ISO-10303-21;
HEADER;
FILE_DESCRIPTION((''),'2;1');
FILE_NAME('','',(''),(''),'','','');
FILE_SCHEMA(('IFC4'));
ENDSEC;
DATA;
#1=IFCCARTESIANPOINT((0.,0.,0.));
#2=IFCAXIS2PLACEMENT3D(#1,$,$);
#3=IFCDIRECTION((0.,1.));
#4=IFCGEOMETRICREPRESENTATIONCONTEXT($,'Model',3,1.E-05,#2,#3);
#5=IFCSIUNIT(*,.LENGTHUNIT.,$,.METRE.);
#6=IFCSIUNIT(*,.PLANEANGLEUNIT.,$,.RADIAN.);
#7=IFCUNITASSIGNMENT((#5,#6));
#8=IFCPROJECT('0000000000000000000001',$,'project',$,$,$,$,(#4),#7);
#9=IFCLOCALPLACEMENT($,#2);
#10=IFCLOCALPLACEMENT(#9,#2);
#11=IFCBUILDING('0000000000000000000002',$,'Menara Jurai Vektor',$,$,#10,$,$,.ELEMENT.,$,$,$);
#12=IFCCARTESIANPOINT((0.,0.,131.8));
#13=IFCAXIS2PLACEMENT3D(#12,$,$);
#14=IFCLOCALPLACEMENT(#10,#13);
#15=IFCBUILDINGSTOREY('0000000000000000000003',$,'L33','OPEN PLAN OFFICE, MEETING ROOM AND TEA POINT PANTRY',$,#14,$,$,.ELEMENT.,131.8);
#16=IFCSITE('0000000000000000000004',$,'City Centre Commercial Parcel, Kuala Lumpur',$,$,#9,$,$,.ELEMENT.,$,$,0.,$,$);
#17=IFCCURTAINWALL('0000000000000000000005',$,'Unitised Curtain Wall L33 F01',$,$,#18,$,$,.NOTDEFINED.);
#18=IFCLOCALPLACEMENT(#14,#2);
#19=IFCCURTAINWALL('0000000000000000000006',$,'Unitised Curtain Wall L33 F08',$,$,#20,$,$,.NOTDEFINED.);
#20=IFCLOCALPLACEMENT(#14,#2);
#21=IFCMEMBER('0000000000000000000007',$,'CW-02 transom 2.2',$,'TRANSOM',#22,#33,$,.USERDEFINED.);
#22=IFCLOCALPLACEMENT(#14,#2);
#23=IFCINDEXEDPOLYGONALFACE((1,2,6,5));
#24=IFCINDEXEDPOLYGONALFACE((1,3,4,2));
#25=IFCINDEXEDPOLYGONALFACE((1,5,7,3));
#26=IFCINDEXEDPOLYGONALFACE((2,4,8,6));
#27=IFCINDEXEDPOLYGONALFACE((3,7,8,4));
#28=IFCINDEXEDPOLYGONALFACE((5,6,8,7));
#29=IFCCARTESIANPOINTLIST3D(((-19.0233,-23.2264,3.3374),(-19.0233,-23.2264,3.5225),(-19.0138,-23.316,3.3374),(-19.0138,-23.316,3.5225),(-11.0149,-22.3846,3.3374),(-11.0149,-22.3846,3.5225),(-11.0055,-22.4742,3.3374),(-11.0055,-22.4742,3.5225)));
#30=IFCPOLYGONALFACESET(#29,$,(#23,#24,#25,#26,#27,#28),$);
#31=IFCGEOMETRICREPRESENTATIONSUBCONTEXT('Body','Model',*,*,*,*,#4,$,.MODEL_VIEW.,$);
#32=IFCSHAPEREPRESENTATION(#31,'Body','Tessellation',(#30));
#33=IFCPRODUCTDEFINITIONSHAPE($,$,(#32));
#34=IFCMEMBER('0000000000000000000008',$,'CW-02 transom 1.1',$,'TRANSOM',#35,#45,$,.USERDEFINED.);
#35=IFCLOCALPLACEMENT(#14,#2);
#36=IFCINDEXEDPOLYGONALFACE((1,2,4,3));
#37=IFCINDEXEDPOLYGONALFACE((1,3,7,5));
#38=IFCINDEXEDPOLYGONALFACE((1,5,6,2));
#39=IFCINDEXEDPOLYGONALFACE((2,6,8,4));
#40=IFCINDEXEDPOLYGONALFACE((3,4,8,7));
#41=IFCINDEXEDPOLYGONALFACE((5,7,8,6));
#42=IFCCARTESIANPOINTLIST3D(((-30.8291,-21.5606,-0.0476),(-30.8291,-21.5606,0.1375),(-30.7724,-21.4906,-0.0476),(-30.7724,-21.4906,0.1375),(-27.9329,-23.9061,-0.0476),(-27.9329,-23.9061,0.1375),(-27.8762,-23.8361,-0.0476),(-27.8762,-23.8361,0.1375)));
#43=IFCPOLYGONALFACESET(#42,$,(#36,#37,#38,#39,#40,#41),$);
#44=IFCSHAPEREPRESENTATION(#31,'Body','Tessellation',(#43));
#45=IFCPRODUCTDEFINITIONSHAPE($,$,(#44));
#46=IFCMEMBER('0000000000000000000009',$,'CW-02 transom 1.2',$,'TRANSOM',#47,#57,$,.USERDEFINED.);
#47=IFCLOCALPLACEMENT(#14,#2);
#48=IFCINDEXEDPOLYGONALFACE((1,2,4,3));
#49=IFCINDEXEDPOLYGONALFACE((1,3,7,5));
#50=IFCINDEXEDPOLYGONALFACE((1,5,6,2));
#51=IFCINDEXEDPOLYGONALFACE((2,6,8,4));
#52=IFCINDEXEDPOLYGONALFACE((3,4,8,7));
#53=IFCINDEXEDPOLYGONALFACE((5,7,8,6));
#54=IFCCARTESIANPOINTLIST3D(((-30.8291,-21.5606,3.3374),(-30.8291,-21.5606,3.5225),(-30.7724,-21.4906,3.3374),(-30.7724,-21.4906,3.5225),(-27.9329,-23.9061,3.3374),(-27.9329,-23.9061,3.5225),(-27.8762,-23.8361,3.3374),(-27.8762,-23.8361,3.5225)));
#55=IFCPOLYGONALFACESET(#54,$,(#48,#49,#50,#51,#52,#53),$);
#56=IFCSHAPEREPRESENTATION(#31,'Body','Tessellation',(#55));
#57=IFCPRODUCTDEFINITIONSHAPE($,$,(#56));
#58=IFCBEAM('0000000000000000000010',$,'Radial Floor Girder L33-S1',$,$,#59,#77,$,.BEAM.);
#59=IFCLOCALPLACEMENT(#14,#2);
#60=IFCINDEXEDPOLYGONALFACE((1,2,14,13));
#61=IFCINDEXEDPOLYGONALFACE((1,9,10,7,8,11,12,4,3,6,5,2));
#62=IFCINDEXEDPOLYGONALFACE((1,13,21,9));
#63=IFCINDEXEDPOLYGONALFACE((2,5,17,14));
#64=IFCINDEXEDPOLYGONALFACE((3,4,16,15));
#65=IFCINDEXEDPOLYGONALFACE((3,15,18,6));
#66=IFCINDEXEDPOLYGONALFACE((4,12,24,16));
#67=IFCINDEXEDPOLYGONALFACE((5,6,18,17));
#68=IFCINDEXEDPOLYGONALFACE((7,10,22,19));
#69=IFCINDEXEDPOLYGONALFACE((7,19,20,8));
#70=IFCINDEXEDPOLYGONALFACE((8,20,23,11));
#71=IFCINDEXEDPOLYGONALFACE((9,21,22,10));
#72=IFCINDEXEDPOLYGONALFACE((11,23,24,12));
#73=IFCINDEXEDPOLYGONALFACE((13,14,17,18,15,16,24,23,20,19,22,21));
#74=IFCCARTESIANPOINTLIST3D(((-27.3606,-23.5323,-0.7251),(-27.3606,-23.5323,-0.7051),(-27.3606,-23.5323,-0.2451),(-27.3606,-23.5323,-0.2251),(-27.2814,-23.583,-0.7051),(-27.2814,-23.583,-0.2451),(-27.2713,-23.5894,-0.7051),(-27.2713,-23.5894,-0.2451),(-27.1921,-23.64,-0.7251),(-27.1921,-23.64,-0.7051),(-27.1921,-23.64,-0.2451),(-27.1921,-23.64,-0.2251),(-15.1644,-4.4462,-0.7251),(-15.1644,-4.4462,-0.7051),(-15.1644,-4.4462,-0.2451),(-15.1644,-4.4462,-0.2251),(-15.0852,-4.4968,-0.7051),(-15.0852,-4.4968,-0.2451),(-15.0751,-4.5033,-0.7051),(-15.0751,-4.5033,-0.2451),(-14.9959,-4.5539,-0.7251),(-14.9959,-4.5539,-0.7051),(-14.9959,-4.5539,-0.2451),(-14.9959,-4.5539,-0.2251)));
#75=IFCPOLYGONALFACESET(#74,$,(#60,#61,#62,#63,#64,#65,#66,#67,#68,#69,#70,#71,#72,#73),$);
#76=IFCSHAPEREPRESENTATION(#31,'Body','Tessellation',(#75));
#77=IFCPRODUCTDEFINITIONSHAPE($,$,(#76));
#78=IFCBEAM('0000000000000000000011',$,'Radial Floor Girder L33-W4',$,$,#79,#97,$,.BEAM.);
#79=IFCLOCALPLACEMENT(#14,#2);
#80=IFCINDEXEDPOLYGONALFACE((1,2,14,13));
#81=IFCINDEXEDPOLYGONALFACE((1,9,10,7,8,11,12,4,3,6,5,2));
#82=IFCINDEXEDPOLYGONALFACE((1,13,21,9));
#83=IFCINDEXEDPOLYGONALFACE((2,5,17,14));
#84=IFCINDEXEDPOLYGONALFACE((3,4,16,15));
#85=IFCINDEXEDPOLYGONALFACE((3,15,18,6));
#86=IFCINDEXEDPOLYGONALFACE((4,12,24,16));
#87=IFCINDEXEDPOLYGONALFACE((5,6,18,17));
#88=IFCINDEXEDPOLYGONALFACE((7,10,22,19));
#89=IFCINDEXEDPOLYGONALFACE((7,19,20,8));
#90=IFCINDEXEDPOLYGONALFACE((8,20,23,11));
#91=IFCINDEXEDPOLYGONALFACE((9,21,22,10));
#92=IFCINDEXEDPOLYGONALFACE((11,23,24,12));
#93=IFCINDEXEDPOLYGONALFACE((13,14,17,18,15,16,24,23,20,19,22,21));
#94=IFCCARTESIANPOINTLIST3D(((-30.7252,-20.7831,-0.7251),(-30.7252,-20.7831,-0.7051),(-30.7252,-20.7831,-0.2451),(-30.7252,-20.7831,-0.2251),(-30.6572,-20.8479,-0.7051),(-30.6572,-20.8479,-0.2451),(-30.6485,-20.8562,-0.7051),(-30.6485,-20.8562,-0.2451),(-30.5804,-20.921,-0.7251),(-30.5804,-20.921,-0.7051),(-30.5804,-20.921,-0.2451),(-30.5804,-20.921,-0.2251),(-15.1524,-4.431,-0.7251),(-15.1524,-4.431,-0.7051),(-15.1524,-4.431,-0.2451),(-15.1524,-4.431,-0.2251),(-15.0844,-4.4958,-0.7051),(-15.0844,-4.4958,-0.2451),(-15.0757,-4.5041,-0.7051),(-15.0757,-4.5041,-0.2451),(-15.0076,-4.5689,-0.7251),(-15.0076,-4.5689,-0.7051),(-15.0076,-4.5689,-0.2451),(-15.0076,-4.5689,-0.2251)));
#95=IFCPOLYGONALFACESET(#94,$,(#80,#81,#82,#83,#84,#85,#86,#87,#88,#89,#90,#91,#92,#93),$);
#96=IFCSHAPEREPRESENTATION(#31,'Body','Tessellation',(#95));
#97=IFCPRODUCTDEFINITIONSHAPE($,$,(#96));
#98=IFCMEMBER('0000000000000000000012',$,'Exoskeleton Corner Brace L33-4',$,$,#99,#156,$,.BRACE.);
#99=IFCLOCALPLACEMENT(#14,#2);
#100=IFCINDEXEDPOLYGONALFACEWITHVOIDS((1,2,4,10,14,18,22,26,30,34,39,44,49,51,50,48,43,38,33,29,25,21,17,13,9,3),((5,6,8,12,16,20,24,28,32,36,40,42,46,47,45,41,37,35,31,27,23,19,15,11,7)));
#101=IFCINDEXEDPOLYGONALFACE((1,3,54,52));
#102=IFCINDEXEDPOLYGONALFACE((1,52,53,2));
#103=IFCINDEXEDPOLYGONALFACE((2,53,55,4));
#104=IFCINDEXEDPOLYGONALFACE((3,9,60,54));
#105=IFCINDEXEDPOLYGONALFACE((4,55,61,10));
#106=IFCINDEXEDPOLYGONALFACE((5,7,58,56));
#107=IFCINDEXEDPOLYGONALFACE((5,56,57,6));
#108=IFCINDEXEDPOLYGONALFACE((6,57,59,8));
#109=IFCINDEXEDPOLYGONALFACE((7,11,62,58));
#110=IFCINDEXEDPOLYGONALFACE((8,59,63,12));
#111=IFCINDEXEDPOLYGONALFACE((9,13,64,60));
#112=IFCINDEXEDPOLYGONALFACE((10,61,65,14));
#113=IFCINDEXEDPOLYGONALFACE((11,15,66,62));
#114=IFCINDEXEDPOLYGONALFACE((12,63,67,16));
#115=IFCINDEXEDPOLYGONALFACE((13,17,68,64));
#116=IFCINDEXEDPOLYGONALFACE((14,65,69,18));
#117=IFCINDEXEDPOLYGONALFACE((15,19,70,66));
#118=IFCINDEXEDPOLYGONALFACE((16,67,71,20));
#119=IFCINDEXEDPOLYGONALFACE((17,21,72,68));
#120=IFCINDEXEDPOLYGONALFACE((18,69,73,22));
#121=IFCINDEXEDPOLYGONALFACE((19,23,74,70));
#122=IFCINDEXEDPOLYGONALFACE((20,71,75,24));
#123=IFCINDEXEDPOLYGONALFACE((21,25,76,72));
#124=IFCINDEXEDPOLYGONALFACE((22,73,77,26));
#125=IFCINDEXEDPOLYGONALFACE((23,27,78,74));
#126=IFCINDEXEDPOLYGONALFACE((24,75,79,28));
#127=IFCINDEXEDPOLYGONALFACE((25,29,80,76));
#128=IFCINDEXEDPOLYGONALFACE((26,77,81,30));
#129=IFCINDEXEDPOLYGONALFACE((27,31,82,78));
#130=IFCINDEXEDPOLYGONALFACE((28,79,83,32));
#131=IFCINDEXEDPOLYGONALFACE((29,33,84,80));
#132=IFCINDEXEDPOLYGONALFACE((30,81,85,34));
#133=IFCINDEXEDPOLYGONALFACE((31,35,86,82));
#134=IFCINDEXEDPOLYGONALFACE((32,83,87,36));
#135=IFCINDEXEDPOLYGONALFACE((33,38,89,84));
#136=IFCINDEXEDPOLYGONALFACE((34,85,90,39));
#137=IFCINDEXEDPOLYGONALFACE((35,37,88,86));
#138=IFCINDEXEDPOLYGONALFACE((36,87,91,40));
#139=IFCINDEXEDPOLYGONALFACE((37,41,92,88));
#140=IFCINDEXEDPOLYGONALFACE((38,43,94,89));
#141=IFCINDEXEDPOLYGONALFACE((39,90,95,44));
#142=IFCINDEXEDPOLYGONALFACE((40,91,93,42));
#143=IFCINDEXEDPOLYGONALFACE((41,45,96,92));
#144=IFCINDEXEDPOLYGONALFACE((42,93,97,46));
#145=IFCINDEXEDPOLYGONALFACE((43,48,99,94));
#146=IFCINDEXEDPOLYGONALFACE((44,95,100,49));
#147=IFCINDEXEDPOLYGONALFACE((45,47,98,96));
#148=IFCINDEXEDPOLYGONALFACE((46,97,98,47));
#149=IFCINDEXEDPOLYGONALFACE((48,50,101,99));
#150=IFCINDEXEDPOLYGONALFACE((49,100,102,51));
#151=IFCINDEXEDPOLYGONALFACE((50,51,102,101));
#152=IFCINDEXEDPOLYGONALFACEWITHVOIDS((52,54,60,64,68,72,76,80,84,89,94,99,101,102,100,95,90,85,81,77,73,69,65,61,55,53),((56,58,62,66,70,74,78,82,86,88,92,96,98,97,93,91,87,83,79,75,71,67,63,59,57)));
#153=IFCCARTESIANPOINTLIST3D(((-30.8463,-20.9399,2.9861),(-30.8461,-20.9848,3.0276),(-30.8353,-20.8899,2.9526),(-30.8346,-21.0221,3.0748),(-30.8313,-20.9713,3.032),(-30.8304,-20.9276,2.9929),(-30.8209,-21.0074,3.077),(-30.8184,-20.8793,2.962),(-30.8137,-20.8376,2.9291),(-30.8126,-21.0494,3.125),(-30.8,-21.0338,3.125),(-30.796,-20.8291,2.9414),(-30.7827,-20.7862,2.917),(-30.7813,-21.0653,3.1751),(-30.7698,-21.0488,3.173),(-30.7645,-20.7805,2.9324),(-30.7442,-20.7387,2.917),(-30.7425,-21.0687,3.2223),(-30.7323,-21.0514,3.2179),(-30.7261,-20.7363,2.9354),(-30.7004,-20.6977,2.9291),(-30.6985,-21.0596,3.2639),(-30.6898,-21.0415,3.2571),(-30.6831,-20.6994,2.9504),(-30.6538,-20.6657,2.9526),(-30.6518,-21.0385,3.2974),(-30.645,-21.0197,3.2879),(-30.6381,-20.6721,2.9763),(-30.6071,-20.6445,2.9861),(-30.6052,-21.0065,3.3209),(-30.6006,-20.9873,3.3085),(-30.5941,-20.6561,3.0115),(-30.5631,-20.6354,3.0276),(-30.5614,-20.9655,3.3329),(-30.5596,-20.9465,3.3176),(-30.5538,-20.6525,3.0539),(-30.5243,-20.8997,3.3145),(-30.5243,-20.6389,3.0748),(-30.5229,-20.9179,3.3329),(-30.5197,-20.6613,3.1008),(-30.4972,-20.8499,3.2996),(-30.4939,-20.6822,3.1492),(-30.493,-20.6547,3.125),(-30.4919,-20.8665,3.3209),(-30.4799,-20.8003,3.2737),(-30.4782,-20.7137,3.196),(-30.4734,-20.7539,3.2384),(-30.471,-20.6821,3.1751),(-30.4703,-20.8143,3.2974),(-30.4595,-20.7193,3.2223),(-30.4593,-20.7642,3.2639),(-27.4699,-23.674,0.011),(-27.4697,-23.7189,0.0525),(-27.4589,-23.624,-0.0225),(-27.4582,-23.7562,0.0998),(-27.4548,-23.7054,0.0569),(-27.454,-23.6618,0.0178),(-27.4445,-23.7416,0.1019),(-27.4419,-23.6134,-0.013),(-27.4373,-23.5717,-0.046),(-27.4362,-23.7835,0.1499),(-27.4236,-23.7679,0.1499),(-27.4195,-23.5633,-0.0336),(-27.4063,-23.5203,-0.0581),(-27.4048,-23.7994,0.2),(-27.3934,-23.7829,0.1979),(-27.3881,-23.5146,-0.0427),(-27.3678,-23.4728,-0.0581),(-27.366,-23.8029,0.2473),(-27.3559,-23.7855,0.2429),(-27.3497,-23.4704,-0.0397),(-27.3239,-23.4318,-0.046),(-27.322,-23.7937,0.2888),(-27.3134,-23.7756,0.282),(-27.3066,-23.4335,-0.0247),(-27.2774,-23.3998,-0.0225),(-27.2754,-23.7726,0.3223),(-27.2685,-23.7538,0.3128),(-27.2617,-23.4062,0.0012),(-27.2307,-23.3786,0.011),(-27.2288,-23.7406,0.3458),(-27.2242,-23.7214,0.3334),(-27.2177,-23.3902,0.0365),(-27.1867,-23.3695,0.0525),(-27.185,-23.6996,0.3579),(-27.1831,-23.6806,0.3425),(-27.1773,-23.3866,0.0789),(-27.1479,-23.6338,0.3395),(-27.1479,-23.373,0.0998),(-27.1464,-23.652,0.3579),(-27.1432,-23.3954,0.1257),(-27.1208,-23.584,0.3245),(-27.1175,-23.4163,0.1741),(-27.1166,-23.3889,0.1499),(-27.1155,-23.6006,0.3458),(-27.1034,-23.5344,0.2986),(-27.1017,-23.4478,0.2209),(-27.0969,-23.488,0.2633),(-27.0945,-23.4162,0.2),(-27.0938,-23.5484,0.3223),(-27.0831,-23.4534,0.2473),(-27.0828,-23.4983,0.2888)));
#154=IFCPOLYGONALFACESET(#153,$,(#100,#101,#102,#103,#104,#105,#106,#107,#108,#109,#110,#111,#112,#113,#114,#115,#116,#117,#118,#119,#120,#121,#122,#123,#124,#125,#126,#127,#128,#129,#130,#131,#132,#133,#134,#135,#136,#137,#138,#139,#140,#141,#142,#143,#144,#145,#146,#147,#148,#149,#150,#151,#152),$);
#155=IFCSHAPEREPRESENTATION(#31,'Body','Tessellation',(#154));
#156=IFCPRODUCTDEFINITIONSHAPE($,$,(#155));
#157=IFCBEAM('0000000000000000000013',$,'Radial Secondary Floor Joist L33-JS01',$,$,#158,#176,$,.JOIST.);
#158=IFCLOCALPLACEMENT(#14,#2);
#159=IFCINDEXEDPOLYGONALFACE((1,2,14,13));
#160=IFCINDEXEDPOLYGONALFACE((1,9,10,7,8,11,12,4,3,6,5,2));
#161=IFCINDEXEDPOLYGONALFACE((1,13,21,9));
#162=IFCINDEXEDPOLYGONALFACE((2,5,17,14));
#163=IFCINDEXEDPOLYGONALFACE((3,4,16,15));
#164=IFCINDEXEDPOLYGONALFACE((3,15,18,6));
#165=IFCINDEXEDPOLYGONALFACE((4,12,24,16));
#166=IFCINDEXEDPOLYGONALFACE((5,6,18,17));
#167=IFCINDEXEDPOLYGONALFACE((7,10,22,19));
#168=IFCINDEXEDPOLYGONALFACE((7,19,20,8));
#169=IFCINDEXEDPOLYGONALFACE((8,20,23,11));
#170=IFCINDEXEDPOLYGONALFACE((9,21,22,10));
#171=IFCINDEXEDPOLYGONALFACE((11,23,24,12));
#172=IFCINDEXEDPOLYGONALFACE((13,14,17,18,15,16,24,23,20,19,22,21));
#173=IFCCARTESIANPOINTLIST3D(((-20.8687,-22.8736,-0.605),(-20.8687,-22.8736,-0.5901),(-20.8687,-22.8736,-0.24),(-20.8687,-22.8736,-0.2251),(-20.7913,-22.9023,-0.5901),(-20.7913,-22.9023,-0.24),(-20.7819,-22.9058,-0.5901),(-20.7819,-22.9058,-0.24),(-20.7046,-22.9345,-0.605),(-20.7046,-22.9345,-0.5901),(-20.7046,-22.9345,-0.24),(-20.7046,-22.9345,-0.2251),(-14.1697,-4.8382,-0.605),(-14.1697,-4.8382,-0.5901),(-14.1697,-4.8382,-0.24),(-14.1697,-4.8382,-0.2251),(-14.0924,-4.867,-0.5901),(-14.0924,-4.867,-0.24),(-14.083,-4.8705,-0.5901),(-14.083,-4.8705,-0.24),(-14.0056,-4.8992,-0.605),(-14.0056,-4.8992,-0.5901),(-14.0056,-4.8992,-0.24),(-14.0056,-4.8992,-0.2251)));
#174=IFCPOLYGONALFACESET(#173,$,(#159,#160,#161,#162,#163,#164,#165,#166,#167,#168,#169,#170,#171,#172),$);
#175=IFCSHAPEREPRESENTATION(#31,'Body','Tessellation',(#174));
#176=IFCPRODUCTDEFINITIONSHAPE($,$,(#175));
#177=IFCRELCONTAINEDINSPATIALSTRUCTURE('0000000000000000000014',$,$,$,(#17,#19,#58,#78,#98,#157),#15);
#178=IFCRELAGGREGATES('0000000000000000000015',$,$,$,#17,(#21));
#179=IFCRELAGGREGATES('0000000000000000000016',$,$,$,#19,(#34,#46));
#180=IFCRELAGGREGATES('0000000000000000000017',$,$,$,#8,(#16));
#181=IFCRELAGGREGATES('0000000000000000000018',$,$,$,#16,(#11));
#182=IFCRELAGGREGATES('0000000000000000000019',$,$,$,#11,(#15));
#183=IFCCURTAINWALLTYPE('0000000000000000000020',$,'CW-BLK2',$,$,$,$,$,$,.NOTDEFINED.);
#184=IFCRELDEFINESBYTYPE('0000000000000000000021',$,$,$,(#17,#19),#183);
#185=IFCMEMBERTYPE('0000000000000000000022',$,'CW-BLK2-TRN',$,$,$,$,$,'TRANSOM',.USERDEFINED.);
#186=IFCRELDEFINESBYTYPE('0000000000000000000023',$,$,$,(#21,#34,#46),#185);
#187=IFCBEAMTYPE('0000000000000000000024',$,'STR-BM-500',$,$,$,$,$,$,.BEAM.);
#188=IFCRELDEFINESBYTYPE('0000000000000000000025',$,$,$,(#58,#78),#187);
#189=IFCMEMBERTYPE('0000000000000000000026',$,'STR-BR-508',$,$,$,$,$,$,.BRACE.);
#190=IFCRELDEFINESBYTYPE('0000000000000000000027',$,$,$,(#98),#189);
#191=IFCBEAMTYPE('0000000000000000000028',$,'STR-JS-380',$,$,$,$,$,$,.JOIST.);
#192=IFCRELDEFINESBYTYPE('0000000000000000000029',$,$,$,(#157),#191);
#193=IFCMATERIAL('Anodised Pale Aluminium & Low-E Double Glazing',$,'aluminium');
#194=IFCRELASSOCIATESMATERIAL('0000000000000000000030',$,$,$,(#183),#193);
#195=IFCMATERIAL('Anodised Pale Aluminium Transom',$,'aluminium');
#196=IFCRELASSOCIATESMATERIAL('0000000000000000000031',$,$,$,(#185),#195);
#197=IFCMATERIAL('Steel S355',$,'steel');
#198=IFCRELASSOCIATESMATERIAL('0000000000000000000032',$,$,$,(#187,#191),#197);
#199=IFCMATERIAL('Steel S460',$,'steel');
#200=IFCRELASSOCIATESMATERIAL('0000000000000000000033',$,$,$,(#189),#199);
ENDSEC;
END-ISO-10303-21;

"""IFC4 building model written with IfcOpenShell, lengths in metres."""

from ifc_helpers import new_model, si_unit, direction, frame, origin, origin_2d, place, context, subcontext, project, spatial, rectangle, hollow_circle, i_section, extrude, material, material_profile, profile_set, type_object, element, aggregate, save


model = new_model("IFC4")

# Units and contexts
model_context = context("Model", 3, precision=1e-05, world=origin(), true_north=direction((0.0, 1.0)))
body_context = subcontext(model_context, "Body", "Model", "MODEL_VIEW")
ifc_project = project(units=[si_unit("LENGTHUNIT", "METRE"), si_unit("PLANEANGLEUNIT", "RADIAN")], contexts=[model_context])

# Site, building, storey
site_placement = place(None, origin())
site = spatial("IfcSite", under=ifc_project, at=site_placement, Name="City Centre Commercial Parcel, Kuala Lumpur", CompositionType="ELEMENT", RefElevation=0.0)
building_placement = place(site_placement, origin())
building = spatial("IfcBuilding", under=site, at=building_placement, Name="Menara Jurai Vektor", CompositionType="ELEMENT")
storey_placement = place(building_placement, frame((0.0, 0.0, 131.8)))
storey = spatial("IfcBuildingStorey", under=building, at=storey_placement, Name="L33", Description="OPEN PLAN OFFICE, MEETING ROOM AND TEA POINT PANTRY", CompositionType="ELEMENT", Elevation=131.8)

# Shared definitions
ifc_material_1 = material(Name="Steel S460", Category="steel")

# Curtain walls
ifc_material_2 = material(Name="Anodised Pale Aluminium & Low-E Double Glazing", Category="aluminium")
curtain_wall_type = type_object("IfcCurtainWallType", Name="CW-BLK2", PredefinedType="NOTDEFINED", material=ifc_material_2)
curtain_wall_1_placement = place(storey_placement, origin())
curtain_wall_1 = element("IfcCurtainWall", 1, at=curtain_wall_1_placement, inside=storey, type_object=curtain_wall_type, Name="Unitised Curtain Wall L33 F01", PredefinedType="NOTDEFINED")
curtain_wall_2_placement = place(storey_placement, origin())
curtain_wall_2 = element("IfcCurtainWall", 2, at=curtain_wall_2_placement, inside=storey, type_object=curtain_wall_type, Name="Unitised Curtain Wall L33 F08", PredefinedType="NOTDEFINED")

# Members
ifc_material_3 = material(Name="Anodised Pale Aluminium Transom", Category="aluminium")
ifc_material_profile_1 = material_profile(ifc_material_3, rectangle(XDim=0.0901, YDim=0.1851, at=origin_2d()), Name="ALU TRN 90x185")
ifc_profile_set_1 = profile_set([ifc_material_profile_1], Name="Anodised Pale Aluminium Transom")
member_type_1 = type_object("IfcMemberType", Name="CW-BLK2-TRN", ElementType="TRANSOM", PredefinedType="USERDEFINED", material=ifc_profile_set_1)
member_1_placement = place(storey_placement, frame((-19.0186, -23.2712, 3.4299), z_axis=(0.994521, 0.10454, 0.0), x_axis=(-0.10454, 0.994521, 0.0)))
member_1 = element("IfcMember", 3, at=member_1_placement, type_object=member_type_1, Name="CW-02 transom 2.2", ObjectType="TRANSOM", PredefinedType="USERDEFINED", context=body_context, shape_type="SweptSolid", body=[
    extrude(rectangle(XDim=0.0901, YDim=0.1851, at=origin_2d()), origin(), (0.0, 0.0, 1.0), 8.0525),
])
member_2_placement = place(storey_placement, frame((-30.8008, -21.5256, 0.0449), z_axis=(0.777129, -0.629341, 0.0), x_axis=(0.629341, 0.777129, 0.0)))
member_2 = element("IfcMember", 4, at=member_2_placement, type_object=member_type_1, Name="CW-02 transom 1.1", ObjectType="TRANSOM", PredefinedType="USERDEFINED", context=body_context, shape_type="SweptSolid", body=[
    extrude(rectangle(XDim=0.0901, YDim=0.1851, at=origin_2d()), origin(), (0.0, 0.0, 1.0), 3.7268),
])
member_3_placement = place(storey_placement, frame((-30.8008, -21.5256, 3.4299), z_axis=(0.777129, -0.629341, 0.0), x_axis=(0.629341, 0.777129, 0.0)))
member_3 = element("IfcMember", 5, at=member_3_placement, type_object=member_type_1, Name="CW-02 transom 1.2", ObjectType="TRANSOM", PredefinedType="USERDEFINED", context=body_context, shape_type="SweptSolid", body=[
    extrude(rectangle(XDim=0.0901, YDim=0.1851, at=origin_2d()), origin(), (0.0, 0.0, 1.0), 3.7268),
])

# Beams
ifc_material_4 = material(Name="Steel S355", Category="steel")
ifc_material_profile_2 = material_profile(ifc_material_4, i_section(OverallWidth=0.2, OverallDepth=0.5, WebThickness=0.012, FlangeThickness=0.02, at=origin_2d()), Name="PG 500x200x96")
ifc_profile_set_2 = profile_set([ifc_material_profile_2], Name="Steel S355")
beam_type_1 = type_object("IfcBeamType", Name="STR-BM-500", PredefinedType="BEAM", material=ifc_profile_set_2)
beam_1_placement = place(storey_placement, frame((-27.2764, -23.5862, -0.4751), z_axis=(0.538463, 0.842649, 0.0), x_axis=(-0.842649, 0.538463, 0.0)))
element("IfcBeam", 6, at=beam_1_placement, inside=storey, type_object=beam_type_1, Name="Radial Floor Girder L33-S1", PredefinedType="BEAM", context=body_context, shape_type="SweptSolid", body=[
    extrude(i_section(OverallWidth=0.2, OverallDepth=0.5, WebThickness=0.012, FlangeThickness=0.02, at=origin_2d()), origin(), (0.0, 0.0, 1.0), 22.6501),
])
beam_2_placement = place(storey_placement, frame((-30.6528, -20.8521, -0.4751), z_axis=(0.689641, 0.724152, 0.0), x_axis=(-0.724152, 0.689641, 0.0)))
element("IfcBeam", 7, at=beam_2_placement, inside=storey, type_object=beam_type_1, Name="Radial Floor Girder L33-W4", PredefinedType="BEAM", context=body_context, shape_type="SweptSolid", body=[
    extrude(i_section(OverallWidth=0.2, OverallDepth=0.5, WebThickness=0.012, FlangeThickness=0.02, at=origin_2d()), origin(), (0.0, 0.0, 1.0), 22.5811),
])

# Member
ifc_material_profile_3 = material_profile(ifc_material_1, hollow_circle(Radius=0.2539, WallThickness=0.02, at=origin_2d()), Name="CHS 508x20")
ifc_profile_set_3 = profile_set([ifc_material_profile_3], Name="Steel S460")
member_type_2 = type_object("IfcMemberType", Name="STR-BR-508", PredefinedType="BRACE", material=ifc_profile_set_3)
member_4_placement = place(storey_placement, frame((-27.2764, -23.5862, 0.1499), z_axis=(-0.641223, 0.519238, 0.565), x_axis=(-0.62931, -0.777155, 0.0)))
element("IfcMember", 8, at=member_4_placement, inside=storey, type_object=member_type_2, Name="Exoskeleton Corner Brace L33-4", PredefinedType="BRACE", context=body_context, shape_type="SweptSolid", body=[
    extrude(hollow_circle(Radius=0.2539, WallThickness=0.02, at=origin_2d()), origin(), (0.0, 0.0, 1.0), 5.2656),
])

# Beam
ifc_material_profile_4 = material_profile(ifc_material_4, i_section(OverallWidth=0.175, OverallDepth=0.3799, WebThickness=0.01, FlangeThickness=0.0149, at=origin_2d()), Name="PG 380x175x58")
ifc_profile_set_4 = profile_set([ifc_material_profile_4], Name="Steel S355")
beam_type_2 = type_object("IfcBeamType", Name="STR-JS-380", PredefinedType="JOIST", material=ifc_profile_set_4)
beam_3_placement = place(storey_placement, frame((-20.7866, -22.9041, -0.415), z_axis=(0.348192, 0.937423, 0.0), x_axis=(-0.937423, 0.348192, 0.0)))
element("IfcBeam", 9, at=beam_3_placement, inside=storey, type_object=beam_type_2, Name="Radial Secondary Floor Joist L33-JS01", PredefinedType="JOIST", context=body_context, shape_type="SweptSolid", body=[
    extrude(i_section(OverallWidth=0.175, OverallDepth=0.3799, WebThickness=0.01, FlangeThickness=0.0149, at=origin_2d()), origin(), (0.0, 0.0, 1.0), 19.2393),
])

aggregate(curtain_wall_1, [member_1])
aggregate(curtain_wall_2, [member_2, member_3])

save(model, "model.ifc")
